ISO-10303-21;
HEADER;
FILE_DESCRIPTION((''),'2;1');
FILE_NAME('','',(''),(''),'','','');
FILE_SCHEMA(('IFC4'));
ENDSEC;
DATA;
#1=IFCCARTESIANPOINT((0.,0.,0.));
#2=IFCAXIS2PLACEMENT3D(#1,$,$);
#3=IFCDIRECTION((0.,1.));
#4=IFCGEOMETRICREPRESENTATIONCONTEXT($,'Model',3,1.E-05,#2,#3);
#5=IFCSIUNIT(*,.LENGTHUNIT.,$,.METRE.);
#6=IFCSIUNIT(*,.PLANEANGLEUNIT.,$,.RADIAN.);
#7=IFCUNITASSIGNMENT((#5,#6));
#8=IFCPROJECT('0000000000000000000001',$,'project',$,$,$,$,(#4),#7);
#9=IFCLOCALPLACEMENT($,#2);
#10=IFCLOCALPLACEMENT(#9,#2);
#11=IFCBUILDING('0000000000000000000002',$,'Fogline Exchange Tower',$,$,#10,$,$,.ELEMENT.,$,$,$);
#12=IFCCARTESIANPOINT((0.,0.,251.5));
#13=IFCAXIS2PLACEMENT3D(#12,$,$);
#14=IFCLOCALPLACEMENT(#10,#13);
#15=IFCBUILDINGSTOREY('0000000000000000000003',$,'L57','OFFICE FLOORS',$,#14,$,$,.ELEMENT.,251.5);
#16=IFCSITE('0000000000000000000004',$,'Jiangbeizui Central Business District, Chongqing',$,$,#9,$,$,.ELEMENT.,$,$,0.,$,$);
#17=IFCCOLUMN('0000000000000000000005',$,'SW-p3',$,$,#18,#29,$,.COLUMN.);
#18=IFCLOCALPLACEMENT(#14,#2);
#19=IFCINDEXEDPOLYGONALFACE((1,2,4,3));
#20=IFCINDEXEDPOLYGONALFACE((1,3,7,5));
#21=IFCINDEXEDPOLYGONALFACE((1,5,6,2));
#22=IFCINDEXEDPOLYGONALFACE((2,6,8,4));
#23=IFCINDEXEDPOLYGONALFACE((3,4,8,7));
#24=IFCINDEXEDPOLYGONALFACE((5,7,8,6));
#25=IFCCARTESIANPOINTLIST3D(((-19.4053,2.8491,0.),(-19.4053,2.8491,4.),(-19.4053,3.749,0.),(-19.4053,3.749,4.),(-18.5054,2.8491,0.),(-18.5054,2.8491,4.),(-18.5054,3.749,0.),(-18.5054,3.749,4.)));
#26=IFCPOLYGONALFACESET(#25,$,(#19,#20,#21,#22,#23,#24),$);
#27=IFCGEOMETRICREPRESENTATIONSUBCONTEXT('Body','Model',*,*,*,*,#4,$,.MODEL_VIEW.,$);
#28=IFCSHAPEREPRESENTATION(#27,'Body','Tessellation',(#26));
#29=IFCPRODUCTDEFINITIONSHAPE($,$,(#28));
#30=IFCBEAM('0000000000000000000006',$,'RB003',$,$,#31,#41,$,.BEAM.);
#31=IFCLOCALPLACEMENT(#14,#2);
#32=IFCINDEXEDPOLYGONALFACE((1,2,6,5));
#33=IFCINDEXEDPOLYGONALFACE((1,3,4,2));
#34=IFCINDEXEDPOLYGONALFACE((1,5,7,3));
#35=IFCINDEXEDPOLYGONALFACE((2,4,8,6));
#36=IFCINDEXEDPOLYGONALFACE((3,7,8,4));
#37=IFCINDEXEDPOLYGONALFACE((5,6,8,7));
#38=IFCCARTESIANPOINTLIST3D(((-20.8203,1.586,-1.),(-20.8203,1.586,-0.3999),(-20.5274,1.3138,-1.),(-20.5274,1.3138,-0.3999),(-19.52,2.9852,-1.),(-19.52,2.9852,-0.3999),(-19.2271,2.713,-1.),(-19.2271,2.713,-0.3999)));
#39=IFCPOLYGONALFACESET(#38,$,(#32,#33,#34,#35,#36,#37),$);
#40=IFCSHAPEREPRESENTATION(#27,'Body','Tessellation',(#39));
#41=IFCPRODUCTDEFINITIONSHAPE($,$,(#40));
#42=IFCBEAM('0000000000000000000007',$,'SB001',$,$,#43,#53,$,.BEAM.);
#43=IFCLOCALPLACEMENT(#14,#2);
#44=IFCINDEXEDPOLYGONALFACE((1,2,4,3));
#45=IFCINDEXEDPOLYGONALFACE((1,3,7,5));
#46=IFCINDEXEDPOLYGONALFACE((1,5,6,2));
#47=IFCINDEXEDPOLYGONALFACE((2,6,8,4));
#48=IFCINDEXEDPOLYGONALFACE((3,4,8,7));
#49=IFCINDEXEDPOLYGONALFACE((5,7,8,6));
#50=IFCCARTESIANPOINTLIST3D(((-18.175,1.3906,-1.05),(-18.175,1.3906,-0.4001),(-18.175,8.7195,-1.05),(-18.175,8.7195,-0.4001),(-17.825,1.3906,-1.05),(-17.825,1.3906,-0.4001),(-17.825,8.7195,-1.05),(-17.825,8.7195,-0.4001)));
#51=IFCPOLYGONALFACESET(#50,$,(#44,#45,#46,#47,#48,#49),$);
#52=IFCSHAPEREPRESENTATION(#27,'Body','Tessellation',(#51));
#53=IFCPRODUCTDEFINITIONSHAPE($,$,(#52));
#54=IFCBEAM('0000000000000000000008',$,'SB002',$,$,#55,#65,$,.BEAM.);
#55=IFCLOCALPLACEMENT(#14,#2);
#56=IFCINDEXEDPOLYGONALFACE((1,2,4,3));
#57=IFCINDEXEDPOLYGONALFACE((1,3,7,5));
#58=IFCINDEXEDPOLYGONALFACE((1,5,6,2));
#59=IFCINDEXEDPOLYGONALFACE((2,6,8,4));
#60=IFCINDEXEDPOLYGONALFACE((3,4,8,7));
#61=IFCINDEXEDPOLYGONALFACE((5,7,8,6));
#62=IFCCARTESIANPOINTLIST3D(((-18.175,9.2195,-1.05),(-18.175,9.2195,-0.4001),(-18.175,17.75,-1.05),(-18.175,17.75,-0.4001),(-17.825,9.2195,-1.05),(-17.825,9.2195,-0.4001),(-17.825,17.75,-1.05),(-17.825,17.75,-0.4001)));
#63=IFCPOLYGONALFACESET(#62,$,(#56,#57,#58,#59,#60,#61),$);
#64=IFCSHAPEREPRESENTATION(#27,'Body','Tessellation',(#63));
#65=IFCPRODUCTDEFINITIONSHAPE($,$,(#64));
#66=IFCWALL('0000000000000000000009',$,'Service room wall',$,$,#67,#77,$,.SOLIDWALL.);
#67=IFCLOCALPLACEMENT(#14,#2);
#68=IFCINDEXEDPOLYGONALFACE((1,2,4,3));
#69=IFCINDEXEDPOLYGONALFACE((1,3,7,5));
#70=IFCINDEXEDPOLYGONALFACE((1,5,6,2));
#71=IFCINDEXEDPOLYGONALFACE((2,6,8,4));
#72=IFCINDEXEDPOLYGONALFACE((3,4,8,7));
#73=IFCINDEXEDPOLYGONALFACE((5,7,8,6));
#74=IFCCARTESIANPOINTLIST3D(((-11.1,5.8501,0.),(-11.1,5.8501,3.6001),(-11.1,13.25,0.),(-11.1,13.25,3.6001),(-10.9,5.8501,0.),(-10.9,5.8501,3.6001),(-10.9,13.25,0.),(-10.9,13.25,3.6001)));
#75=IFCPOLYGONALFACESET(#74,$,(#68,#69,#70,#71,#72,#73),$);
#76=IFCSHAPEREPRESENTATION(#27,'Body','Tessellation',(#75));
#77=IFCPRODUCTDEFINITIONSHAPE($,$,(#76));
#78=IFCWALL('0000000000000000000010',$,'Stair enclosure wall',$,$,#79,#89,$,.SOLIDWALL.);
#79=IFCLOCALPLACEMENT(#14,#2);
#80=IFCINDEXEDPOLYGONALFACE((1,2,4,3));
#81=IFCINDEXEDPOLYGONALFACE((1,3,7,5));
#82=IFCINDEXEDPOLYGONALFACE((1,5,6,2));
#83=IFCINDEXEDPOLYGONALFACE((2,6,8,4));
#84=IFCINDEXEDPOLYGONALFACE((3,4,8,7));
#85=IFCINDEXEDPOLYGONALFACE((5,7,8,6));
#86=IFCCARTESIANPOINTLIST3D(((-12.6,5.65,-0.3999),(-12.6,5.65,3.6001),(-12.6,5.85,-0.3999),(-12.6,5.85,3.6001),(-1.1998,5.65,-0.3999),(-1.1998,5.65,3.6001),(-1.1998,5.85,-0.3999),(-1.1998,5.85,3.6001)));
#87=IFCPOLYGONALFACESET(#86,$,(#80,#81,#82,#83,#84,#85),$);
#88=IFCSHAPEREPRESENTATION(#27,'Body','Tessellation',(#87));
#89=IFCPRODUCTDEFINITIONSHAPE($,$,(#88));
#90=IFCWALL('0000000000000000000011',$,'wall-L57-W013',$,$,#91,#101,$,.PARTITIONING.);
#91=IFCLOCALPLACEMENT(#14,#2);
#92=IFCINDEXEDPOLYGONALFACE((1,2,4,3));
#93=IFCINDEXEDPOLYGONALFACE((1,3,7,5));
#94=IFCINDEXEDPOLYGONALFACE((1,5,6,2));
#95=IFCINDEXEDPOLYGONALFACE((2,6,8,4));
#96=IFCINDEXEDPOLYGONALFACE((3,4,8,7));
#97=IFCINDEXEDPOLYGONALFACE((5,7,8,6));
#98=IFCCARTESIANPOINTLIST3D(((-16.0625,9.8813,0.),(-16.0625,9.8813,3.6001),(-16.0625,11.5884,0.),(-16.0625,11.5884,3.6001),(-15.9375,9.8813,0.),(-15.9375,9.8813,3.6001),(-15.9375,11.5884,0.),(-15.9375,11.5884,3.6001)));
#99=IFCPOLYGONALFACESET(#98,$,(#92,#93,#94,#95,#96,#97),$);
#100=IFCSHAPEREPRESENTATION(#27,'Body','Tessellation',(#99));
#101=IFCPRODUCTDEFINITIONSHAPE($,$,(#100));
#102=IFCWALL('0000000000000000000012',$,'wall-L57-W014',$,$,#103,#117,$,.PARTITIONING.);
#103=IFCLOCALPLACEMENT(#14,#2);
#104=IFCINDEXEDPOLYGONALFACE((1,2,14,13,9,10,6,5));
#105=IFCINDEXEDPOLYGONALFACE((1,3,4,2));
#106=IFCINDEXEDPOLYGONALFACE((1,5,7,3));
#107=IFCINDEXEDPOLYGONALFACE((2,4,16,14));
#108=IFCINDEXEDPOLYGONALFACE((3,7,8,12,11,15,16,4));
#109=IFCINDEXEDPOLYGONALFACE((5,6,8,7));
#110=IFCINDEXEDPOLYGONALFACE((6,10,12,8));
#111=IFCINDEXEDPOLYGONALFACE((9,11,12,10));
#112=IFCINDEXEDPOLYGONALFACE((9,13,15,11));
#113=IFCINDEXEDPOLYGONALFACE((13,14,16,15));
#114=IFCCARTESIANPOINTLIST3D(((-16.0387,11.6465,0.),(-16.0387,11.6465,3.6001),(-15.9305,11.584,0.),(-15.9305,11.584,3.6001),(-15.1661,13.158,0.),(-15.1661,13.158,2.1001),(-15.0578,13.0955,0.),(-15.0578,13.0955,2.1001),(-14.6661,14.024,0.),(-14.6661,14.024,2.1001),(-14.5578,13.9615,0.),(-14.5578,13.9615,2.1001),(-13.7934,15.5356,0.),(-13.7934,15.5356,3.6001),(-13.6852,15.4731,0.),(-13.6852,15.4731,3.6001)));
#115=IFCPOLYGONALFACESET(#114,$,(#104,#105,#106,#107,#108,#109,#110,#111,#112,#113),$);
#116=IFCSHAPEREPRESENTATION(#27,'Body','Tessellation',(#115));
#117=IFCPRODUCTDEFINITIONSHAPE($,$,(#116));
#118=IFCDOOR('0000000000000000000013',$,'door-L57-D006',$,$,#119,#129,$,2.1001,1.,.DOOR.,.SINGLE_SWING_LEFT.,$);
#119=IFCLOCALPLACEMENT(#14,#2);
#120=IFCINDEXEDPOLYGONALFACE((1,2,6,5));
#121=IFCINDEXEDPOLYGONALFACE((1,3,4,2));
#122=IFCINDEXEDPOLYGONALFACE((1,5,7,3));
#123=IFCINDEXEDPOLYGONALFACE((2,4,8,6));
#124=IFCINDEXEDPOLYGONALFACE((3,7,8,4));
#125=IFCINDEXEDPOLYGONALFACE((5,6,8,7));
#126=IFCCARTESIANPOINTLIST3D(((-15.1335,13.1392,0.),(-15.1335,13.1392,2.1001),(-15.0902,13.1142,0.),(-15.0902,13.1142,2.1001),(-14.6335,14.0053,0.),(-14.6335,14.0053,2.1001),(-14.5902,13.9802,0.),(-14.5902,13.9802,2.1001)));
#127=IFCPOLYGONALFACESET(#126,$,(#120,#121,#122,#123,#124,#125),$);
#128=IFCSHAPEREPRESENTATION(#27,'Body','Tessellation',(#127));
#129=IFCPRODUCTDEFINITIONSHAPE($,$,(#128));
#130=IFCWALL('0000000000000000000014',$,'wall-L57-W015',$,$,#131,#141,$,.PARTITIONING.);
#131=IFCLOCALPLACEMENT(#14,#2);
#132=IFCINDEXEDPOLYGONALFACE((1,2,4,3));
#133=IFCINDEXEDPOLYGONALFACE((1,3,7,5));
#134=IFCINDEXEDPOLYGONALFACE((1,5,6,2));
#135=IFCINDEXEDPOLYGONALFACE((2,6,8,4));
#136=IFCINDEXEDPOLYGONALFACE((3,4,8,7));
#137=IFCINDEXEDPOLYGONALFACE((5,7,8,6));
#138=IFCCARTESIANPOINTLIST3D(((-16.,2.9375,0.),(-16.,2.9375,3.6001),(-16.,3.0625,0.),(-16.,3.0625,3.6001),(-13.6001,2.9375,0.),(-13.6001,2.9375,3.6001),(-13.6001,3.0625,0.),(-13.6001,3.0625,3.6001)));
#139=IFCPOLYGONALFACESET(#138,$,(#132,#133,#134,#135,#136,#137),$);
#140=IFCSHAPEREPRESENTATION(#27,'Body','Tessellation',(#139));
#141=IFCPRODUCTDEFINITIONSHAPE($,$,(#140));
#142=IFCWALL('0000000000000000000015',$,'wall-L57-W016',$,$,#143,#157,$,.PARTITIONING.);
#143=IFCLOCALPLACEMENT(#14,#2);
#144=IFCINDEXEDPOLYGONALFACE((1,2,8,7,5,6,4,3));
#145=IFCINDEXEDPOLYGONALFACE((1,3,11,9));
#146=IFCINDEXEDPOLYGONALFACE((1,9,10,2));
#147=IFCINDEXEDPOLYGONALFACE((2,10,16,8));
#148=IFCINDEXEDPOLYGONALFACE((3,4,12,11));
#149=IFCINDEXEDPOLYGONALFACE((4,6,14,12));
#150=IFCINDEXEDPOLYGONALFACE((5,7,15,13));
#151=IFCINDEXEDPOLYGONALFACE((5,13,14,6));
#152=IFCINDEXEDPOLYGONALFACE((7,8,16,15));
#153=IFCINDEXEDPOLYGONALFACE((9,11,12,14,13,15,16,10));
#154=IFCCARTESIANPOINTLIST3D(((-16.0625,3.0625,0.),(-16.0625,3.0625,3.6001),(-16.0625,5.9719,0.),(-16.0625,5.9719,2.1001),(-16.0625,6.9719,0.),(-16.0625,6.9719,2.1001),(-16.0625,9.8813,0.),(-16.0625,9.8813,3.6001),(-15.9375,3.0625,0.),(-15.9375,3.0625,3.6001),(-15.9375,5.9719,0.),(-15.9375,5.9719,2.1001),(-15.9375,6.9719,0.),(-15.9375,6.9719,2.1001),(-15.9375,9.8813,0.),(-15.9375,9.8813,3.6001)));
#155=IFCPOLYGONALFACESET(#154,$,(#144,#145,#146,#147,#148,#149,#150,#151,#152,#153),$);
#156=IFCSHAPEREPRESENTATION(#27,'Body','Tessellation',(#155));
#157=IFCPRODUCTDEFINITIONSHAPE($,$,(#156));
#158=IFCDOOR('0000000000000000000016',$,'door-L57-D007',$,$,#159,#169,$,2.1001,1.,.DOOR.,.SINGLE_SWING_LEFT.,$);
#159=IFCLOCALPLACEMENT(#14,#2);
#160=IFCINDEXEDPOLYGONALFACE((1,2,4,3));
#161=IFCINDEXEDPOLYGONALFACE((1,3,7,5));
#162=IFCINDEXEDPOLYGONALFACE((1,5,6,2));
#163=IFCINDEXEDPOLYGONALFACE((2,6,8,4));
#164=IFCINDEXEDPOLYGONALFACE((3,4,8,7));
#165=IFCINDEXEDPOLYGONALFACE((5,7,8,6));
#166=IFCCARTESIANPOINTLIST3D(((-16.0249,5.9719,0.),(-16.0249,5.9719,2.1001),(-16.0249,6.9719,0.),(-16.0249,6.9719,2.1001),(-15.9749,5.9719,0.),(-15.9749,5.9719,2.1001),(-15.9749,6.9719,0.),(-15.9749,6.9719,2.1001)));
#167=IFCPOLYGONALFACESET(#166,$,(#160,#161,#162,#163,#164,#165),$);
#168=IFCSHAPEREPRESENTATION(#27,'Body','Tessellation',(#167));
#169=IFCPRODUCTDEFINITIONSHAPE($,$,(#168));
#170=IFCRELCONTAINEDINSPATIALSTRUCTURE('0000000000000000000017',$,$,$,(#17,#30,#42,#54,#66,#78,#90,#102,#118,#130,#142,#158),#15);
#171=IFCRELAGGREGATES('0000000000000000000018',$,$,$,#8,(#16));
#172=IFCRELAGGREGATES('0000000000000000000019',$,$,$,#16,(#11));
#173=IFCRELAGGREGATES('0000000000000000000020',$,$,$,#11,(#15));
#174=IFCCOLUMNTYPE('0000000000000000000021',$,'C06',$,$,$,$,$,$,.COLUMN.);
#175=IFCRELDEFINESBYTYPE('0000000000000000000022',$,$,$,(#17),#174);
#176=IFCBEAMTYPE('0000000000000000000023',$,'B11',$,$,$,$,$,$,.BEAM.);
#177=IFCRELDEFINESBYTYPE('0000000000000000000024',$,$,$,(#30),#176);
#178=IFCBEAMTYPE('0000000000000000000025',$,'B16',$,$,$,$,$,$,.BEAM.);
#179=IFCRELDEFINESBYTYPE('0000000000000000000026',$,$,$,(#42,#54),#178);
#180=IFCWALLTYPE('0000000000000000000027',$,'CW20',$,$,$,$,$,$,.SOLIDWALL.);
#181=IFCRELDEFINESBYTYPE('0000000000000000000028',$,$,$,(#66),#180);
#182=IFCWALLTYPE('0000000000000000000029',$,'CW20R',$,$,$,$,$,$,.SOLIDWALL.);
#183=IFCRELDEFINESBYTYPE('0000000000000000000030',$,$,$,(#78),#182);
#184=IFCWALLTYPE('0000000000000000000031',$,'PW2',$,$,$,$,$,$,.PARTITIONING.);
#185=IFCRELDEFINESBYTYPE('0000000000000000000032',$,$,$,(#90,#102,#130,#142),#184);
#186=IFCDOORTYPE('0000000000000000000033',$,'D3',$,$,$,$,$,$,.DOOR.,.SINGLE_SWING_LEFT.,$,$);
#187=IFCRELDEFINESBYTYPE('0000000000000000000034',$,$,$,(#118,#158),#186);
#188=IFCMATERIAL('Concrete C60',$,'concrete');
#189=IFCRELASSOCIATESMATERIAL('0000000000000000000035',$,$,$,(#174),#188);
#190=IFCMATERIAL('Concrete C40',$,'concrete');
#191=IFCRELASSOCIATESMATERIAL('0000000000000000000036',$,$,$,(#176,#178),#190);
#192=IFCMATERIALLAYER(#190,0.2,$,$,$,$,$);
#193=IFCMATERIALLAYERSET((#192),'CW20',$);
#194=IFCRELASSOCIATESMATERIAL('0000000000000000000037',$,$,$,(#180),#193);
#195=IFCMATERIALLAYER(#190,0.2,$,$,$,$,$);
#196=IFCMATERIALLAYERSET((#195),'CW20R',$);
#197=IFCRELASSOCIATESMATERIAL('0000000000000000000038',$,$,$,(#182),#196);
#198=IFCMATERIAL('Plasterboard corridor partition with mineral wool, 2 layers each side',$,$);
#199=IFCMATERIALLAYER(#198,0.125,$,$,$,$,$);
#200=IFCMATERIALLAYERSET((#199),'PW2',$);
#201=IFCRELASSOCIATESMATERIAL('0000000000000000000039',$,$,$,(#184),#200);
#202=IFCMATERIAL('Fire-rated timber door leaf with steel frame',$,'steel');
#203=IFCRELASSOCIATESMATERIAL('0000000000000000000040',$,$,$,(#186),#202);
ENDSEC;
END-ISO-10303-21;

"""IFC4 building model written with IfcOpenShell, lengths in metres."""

from ifc_helpers import new_model, si_unit, direction, frame, frame_2d, origin, origin_2d, place, context, subcontext, project, spatial, rectangle, extrude, material, layer, layer_set, material_profile, profile_set, type_object, element, fill, save


model = new_model("IFC4")

# Units and contexts
model_context = context("Model", 3, precision=1e-05, world=origin(), true_north=direction((0.0, 1.0)))
body_context = subcontext(model_context, "Body", "Model", "MODEL_VIEW")
ifc_project = project(units=[si_unit("LENGTHUNIT", "METRE"), si_unit("PLANEANGLEUNIT", "RADIAN")], contexts=[model_context])

# Site, building, storey
site_placement = place(None, origin())
site = spatial("IfcSite", under=ifc_project, at=site_placement, Name="Jiangbeizui Central Business District, Chongqing", CompositionType="ELEMENT", RefElevation=0.0)
building_placement = place(site_placement, origin())
building = spatial("IfcBuilding", under=site, at=building_placement, Name="Fogline Exchange Tower", CompositionType="ELEMENT")
storey_placement = place(building_placement, frame((0.0, 0.0, 251.5)))
storey = spatial("IfcBuildingStorey", under=building, at=storey_placement, Name="L57", Description="OFFICE FLOORS", CompositionType="ELEMENT", Elevation=251.5)

# Column
ifc_material_1 = material(Name="Concrete C60", Category="concrete")
ifc_material_profile_1 = material_profile(ifc_material_1, rectangle(XDim=0.8999, YDim=0.8999, at=origin_2d()), Name="RC 900x900")
ifc_profile_set_1 = profile_set([ifc_material_profile_1], Name="Concrete C60")
column_type = type_object("IfcColumnType", Name="C06", PredefinedType="COLUMN", material=ifc_profile_set_1)
column_placement = place(storey_placement, frame((-18.9553, 3.2991, 0.0), z_axis=(0.0, 0.0, 1.0), x_axis=(1.0, 0.0, 0.0)))
element("IfcColumn", 1, at=column_placement, inside=storey, type_object=column_type, Name="SW-p3", PredefinedType="COLUMN", context=body_context, shape_type="SweptSolid", body=[
    extrude(rectangle(XDim=0.8999, YDim=0.8999, at=origin_2d()), origin(), (0.0, 0.0, 1.0), 4.0),
])

# Beams
ifc_material_2 = material(Name="Concrete C40", Category="concrete")
ifc_material_profile_2 = material_profile(ifc_material_2, rectangle(XDim=0.3999, YDim=0.6001, at=origin_2d()), Name="RC 400x600")
ifc_profile_set_2 = profile_set([ifc_material_profile_2], Name="Concrete C40")
beam_type_1 = type_object("IfcBeamType", Name="B11", PredefinedType="BEAM", material=ifc_profile_set_2)
beam_1_placement = place(storey_placement, frame((-19.3735, 2.8491, -0.7), z_axis=(-0.68075, -0.732516, 0.0), x_axis=(0.732516, -0.68075, 0.0)))
element("IfcBeam", 2, at=beam_1_placement, inside=storey, type_object=beam_type_1, Name="RB003", PredefinedType="BEAM", context=body_context, shape_type="SweptSolid", body=[
    extrude(rectangle(XDim=0.3999, YDim=0.6001, at=origin_2d()), origin(), (0.0, 0.0, 1.0), 1.9102),
])
ifc_material_profile_3 = material_profile(ifc_material_2, rectangle(XDim=0.3501, YDim=0.6499, at=origin_2d()), Name="RC 350x650")
ifc_profile_set_3 = profile_set([ifc_material_profile_3], Name="Concrete C40")
beam_type_2 = type_object("IfcBeamType", Name="B16", PredefinedType="BEAM", material=ifc_profile_set_3)
beam_2_placement = place(storey_placement, frame((-18.0, 1.3906, -0.7251), z_axis=(0.0, 1.0, 0.0), x_axis=(-1.0, 0.0, 0.0)))
element("IfcBeam", 3, at=beam_2_placement, inside=storey, type_object=beam_type_2, Name="SB001", PredefinedType="BEAM", context=body_context, shape_type="SweptSolid", body=[
    extrude(rectangle(XDim=0.3501, YDim=0.6499, at=origin_2d()), origin(), (0.0, 0.0, 1.0), 7.3289),
])
beam_3_placement = place(storey_placement, frame((-18.0, 9.2195, -0.7251), z_axis=(0.0, 1.0, 0.0), x_axis=(-1.0, 0.0, 0.0)))
element("IfcBeam", 4, at=beam_3_placement, inside=storey, type_object=beam_type_2, Name="SB002", PredefinedType="BEAM", context=body_context, shape_type="SweptSolid", body=[
    extrude(rectangle(XDim=0.3501, YDim=0.6499, at=origin_2d()), origin(), (0.0, 0.0, 1.0), 8.5305),
])

# Walls
ifc_layer_1 = layer(ifc_material_2, 0.2)
ifc_layer_set_1 = layer_set([ifc_layer_1], Name="CW20")
wall_type_1 = type_object("IfcWallType", Name="CW20", PredefinedType="SOLIDWALL", material=ifc_layer_set_1)
wall_1_placement = place(storey_placement, frame((-11.0, 5.8501, 0.0), z_axis=(0.0, 0.0, 1.0), x_axis=(0.0, 1.0, 0.0)))
element("IfcWall", 5, at=wall_1_placement, inside=storey, type_object=wall_type_1, Name="Service room wall", PredefinedType="SOLIDWALL", context=body_context, shape_type="SweptSolid", body=[
    extrude(rectangle(XDim=7.3999, YDim=0.2, at=frame_2d((3.7, 0.0))), origin(), (0.0, 0.0, 1.0), 3.6001),
])
ifc_layer_2 = layer(ifc_material_2, 0.2)
ifc_layer_set_2 = layer_set([ifc_layer_2], Name="CW20R")
wall_type_2 = type_object("IfcWallType", Name="CW20R", PredefinedType="SOLIDWALL", material=ifc_layer_set_2)
wall_2_placement = place(storey_placement, frame((-12.6001, 5.75, -0.3999), z_axis=(0.0, 0.0, 1.0), x_axis=(1.0, 0.0, 0.0)))
element("IfcWall", 6, at=wall_2_placement, inside=storey, type_object=wall_type_2, Name="Stair enclosure wall", PredefinedType="SOLIDWALL", context=body_context, shape_type="SweptSolid", body=[
    extrude(rectangle(XDim=11.4001, YDim=0.2, at=frame_2d((5.7002, 0.0))), origin(), (0.0, 0.0, 1.0), 4.0),
])
ifc_material_3 = material(Name="Plasterboard corridor partition with mineral wool, 2 layers each side")
ifc_layer_3 = layer(ifc_material_3, 0.125)
ifc_layer_set_3 = layer_set([ifc_layer_3], Name="PW2")
wall_type_3 = type_object("IfcWallType", Name="PW2", PredefinedType="PARTITIONING", material=ifc_layer_set_3)
wall_3_placement = place(storey_placement, frame((-16.0, 9.8813, 0.0), z_axis=(0.0, 0.0, 1.0), x_axis=(0.0, 1.0, 0.0)))
element("IfcWall", 7, at=wall_3_placement, inside=storey, type_object=wall_type_3, Name="wall-L57-W013", PredefinedType="PARTITIONING", context=body_context, shape_type="SweptSolid", body=[
    extrude(rectangle(XDim=1.707, YDim=0.125, at=frame_2d((0.8535, 0.0))), origin(), (0.0, 0.0, 1.0), 3.6001),
])

# Wall, opening, door
wall_4_placement = place(storey_placement, frame((-15.9846, 11.6152, 0.0), z_axis=(0.0, 0.0, 1.0), x_axis=(0.499992, 0.86603, 0.0)))
wall_4 = element("IfcWall", 8, at=wall_4_placement, inside=storey, type_object=wall_type_3, Name="wall-L57-W014", PredefinedType="PARTITIONING", context=body_context, shape_type="SweptSolid", body=[
    extrude(rectangle(XDim=4.4907, YDim=0.125, at=frame_2d((2.2454, 0.0))), origin(), (0.0, 0.0, 1.0), 3.6001),
])
opening_1_placement = place(wall_4_placement, frame((1.7454, 0.0, 0.0)))
opening_1 = element("IfcOpeningElement", 9, at=opening_1_placement, cuts=wall_4, PredefinedType="OPENING", context=body_context, shape_type="SweptSolid", body=[
    extrude(rectangle(XDim=1.0, YDim=2.1001, at=frame_2d((0.5, 1.05))), frame((0.0, 0.0725, 0.0), z_axis=(0.0, -1.0, 0.0), x_axis=(1.0, 0.0, 0.0)), (0.0, 0.0, 1.0), 0.145),
])
ifc_material_4 = material(Name="Fire-rated timber door leaf with steel frame", Category="steel")
door_type_1 = type_object("IfcDoorType", Name="D3", OperationType="SINGLE_SWING_LEFT", PredefinedType="DOOR", material=ifc_material_4)
door_1_placement = place(opening_1_placement, origin())
door_1 = element("IfcDoor", 10, at=door_1_placement, inside=storey, type_object=door_type_1, Name="door-L57-D006", OperationType="SINGLE_SWING_LEFT", OverallHeight=2.1001, OverallWidth=1.0, PredefinedType="DOOR", context=body_context, shape_type="SweptSolid", body=[
    extrude(rectangle(XDim=1.0, YDim=2.1001, at=frame_2d((0.5, 1.05))), frame((0.0, 0.0249, 0.0), z_axis=(0.0, -1.0, 0.0), x_axis=(1.0, 0.0, 0.0)), (0.0, 0.0, 1.0), 0.05),
])
fill(opening_1, door_1)

# Wall
wall_5_placement = place(storey_placement, frame((-13.6001, 3.0, 0.0), z_axis=(0.0, 0.0, 1.0), x_axis=(-1.0, 0.0, 0.0)))
element("IfcWall", 11, at=wall_5_placement, inside=storey, type_object=wall_type_3, Name="wall-L57-W015", PredefinedType="PARTITIONING", context=body_context, shape_type="SweptSolid", body=[
    extrude(rectangle(XDim=2.3999, YDim=0.125, at=frame_2d((1.2, 0.0))), origin(), (0.0, 0.0, 1.0), 3.6001),
])

# Wall, opening, door
wall_6_placement = place(storey_placement, frame((-16.0, 3.0625, 0.0), z_axis=(0.0, 0.0, 1.0), x_axis=(0.0, 1.0, 0.0)))
wall_6 = element("IfcWall", 12, at=wall_6_placement, inside=storey, type_object=wall_type_3, Name="wall-L57-W016", PredefinedType="PARTITIONING", context=body_context, shape_type="SweptSolid", body=[
    extrude(rectangle(XDim=6.8188, YDim=0.125, at=frame_2d((3.4094, 0.0))), origin(), (0.0, 0.0, 1.0), 3.6001),
])
opening_2_placement = place(wall_6_placement, frame((2.9094, 0.0, 0.0)))
opening_2 = element("IfcOpeningElement", 13, at=opening_2_placement, cuts=wall_6, PredefinedType="OPENING", context=body_context, shape_type="SweptSolid", body=[
    extrude(rectangle(XDim=1.0, YDim=2.1001, at=frame_2d((0.5, 1.05))), frame((0.0, 0.0725, 0.0), z_axis=(0.0, -1.0, 0.0), x_axis=(1.0, 0.0, 0.0)), (0.0, 0.0, 1.0), 0.145),
])
door_2_placement = place(opening_2_placement, origin())
door_2 = element("IfcDoor", 14, at=door_2_placement, inside=storey, type_object=door_type_1, Name="door-L57-D007", OperationType="SINGLE_SWING_LEFT", OverallHeight=2.1001, OverallWidth=1.0, PredefinedType="DOOR", context=body_context, shape_type="SweptSolid", body=[
    extrude(rectangle(XDim=1.0, YDim=2.1001, at=frame_2d((0.5, 1.05))), frame((0.0, 0.0249, 0.0), z_axis=(0.0, -1.0, 0.0), x_axis=(1.0, 0.0, 0.0)), (0.0, 0.0, 1.0), 0.05),
])
fill(opening_2, door_2)

save(model, "model.ifc")
